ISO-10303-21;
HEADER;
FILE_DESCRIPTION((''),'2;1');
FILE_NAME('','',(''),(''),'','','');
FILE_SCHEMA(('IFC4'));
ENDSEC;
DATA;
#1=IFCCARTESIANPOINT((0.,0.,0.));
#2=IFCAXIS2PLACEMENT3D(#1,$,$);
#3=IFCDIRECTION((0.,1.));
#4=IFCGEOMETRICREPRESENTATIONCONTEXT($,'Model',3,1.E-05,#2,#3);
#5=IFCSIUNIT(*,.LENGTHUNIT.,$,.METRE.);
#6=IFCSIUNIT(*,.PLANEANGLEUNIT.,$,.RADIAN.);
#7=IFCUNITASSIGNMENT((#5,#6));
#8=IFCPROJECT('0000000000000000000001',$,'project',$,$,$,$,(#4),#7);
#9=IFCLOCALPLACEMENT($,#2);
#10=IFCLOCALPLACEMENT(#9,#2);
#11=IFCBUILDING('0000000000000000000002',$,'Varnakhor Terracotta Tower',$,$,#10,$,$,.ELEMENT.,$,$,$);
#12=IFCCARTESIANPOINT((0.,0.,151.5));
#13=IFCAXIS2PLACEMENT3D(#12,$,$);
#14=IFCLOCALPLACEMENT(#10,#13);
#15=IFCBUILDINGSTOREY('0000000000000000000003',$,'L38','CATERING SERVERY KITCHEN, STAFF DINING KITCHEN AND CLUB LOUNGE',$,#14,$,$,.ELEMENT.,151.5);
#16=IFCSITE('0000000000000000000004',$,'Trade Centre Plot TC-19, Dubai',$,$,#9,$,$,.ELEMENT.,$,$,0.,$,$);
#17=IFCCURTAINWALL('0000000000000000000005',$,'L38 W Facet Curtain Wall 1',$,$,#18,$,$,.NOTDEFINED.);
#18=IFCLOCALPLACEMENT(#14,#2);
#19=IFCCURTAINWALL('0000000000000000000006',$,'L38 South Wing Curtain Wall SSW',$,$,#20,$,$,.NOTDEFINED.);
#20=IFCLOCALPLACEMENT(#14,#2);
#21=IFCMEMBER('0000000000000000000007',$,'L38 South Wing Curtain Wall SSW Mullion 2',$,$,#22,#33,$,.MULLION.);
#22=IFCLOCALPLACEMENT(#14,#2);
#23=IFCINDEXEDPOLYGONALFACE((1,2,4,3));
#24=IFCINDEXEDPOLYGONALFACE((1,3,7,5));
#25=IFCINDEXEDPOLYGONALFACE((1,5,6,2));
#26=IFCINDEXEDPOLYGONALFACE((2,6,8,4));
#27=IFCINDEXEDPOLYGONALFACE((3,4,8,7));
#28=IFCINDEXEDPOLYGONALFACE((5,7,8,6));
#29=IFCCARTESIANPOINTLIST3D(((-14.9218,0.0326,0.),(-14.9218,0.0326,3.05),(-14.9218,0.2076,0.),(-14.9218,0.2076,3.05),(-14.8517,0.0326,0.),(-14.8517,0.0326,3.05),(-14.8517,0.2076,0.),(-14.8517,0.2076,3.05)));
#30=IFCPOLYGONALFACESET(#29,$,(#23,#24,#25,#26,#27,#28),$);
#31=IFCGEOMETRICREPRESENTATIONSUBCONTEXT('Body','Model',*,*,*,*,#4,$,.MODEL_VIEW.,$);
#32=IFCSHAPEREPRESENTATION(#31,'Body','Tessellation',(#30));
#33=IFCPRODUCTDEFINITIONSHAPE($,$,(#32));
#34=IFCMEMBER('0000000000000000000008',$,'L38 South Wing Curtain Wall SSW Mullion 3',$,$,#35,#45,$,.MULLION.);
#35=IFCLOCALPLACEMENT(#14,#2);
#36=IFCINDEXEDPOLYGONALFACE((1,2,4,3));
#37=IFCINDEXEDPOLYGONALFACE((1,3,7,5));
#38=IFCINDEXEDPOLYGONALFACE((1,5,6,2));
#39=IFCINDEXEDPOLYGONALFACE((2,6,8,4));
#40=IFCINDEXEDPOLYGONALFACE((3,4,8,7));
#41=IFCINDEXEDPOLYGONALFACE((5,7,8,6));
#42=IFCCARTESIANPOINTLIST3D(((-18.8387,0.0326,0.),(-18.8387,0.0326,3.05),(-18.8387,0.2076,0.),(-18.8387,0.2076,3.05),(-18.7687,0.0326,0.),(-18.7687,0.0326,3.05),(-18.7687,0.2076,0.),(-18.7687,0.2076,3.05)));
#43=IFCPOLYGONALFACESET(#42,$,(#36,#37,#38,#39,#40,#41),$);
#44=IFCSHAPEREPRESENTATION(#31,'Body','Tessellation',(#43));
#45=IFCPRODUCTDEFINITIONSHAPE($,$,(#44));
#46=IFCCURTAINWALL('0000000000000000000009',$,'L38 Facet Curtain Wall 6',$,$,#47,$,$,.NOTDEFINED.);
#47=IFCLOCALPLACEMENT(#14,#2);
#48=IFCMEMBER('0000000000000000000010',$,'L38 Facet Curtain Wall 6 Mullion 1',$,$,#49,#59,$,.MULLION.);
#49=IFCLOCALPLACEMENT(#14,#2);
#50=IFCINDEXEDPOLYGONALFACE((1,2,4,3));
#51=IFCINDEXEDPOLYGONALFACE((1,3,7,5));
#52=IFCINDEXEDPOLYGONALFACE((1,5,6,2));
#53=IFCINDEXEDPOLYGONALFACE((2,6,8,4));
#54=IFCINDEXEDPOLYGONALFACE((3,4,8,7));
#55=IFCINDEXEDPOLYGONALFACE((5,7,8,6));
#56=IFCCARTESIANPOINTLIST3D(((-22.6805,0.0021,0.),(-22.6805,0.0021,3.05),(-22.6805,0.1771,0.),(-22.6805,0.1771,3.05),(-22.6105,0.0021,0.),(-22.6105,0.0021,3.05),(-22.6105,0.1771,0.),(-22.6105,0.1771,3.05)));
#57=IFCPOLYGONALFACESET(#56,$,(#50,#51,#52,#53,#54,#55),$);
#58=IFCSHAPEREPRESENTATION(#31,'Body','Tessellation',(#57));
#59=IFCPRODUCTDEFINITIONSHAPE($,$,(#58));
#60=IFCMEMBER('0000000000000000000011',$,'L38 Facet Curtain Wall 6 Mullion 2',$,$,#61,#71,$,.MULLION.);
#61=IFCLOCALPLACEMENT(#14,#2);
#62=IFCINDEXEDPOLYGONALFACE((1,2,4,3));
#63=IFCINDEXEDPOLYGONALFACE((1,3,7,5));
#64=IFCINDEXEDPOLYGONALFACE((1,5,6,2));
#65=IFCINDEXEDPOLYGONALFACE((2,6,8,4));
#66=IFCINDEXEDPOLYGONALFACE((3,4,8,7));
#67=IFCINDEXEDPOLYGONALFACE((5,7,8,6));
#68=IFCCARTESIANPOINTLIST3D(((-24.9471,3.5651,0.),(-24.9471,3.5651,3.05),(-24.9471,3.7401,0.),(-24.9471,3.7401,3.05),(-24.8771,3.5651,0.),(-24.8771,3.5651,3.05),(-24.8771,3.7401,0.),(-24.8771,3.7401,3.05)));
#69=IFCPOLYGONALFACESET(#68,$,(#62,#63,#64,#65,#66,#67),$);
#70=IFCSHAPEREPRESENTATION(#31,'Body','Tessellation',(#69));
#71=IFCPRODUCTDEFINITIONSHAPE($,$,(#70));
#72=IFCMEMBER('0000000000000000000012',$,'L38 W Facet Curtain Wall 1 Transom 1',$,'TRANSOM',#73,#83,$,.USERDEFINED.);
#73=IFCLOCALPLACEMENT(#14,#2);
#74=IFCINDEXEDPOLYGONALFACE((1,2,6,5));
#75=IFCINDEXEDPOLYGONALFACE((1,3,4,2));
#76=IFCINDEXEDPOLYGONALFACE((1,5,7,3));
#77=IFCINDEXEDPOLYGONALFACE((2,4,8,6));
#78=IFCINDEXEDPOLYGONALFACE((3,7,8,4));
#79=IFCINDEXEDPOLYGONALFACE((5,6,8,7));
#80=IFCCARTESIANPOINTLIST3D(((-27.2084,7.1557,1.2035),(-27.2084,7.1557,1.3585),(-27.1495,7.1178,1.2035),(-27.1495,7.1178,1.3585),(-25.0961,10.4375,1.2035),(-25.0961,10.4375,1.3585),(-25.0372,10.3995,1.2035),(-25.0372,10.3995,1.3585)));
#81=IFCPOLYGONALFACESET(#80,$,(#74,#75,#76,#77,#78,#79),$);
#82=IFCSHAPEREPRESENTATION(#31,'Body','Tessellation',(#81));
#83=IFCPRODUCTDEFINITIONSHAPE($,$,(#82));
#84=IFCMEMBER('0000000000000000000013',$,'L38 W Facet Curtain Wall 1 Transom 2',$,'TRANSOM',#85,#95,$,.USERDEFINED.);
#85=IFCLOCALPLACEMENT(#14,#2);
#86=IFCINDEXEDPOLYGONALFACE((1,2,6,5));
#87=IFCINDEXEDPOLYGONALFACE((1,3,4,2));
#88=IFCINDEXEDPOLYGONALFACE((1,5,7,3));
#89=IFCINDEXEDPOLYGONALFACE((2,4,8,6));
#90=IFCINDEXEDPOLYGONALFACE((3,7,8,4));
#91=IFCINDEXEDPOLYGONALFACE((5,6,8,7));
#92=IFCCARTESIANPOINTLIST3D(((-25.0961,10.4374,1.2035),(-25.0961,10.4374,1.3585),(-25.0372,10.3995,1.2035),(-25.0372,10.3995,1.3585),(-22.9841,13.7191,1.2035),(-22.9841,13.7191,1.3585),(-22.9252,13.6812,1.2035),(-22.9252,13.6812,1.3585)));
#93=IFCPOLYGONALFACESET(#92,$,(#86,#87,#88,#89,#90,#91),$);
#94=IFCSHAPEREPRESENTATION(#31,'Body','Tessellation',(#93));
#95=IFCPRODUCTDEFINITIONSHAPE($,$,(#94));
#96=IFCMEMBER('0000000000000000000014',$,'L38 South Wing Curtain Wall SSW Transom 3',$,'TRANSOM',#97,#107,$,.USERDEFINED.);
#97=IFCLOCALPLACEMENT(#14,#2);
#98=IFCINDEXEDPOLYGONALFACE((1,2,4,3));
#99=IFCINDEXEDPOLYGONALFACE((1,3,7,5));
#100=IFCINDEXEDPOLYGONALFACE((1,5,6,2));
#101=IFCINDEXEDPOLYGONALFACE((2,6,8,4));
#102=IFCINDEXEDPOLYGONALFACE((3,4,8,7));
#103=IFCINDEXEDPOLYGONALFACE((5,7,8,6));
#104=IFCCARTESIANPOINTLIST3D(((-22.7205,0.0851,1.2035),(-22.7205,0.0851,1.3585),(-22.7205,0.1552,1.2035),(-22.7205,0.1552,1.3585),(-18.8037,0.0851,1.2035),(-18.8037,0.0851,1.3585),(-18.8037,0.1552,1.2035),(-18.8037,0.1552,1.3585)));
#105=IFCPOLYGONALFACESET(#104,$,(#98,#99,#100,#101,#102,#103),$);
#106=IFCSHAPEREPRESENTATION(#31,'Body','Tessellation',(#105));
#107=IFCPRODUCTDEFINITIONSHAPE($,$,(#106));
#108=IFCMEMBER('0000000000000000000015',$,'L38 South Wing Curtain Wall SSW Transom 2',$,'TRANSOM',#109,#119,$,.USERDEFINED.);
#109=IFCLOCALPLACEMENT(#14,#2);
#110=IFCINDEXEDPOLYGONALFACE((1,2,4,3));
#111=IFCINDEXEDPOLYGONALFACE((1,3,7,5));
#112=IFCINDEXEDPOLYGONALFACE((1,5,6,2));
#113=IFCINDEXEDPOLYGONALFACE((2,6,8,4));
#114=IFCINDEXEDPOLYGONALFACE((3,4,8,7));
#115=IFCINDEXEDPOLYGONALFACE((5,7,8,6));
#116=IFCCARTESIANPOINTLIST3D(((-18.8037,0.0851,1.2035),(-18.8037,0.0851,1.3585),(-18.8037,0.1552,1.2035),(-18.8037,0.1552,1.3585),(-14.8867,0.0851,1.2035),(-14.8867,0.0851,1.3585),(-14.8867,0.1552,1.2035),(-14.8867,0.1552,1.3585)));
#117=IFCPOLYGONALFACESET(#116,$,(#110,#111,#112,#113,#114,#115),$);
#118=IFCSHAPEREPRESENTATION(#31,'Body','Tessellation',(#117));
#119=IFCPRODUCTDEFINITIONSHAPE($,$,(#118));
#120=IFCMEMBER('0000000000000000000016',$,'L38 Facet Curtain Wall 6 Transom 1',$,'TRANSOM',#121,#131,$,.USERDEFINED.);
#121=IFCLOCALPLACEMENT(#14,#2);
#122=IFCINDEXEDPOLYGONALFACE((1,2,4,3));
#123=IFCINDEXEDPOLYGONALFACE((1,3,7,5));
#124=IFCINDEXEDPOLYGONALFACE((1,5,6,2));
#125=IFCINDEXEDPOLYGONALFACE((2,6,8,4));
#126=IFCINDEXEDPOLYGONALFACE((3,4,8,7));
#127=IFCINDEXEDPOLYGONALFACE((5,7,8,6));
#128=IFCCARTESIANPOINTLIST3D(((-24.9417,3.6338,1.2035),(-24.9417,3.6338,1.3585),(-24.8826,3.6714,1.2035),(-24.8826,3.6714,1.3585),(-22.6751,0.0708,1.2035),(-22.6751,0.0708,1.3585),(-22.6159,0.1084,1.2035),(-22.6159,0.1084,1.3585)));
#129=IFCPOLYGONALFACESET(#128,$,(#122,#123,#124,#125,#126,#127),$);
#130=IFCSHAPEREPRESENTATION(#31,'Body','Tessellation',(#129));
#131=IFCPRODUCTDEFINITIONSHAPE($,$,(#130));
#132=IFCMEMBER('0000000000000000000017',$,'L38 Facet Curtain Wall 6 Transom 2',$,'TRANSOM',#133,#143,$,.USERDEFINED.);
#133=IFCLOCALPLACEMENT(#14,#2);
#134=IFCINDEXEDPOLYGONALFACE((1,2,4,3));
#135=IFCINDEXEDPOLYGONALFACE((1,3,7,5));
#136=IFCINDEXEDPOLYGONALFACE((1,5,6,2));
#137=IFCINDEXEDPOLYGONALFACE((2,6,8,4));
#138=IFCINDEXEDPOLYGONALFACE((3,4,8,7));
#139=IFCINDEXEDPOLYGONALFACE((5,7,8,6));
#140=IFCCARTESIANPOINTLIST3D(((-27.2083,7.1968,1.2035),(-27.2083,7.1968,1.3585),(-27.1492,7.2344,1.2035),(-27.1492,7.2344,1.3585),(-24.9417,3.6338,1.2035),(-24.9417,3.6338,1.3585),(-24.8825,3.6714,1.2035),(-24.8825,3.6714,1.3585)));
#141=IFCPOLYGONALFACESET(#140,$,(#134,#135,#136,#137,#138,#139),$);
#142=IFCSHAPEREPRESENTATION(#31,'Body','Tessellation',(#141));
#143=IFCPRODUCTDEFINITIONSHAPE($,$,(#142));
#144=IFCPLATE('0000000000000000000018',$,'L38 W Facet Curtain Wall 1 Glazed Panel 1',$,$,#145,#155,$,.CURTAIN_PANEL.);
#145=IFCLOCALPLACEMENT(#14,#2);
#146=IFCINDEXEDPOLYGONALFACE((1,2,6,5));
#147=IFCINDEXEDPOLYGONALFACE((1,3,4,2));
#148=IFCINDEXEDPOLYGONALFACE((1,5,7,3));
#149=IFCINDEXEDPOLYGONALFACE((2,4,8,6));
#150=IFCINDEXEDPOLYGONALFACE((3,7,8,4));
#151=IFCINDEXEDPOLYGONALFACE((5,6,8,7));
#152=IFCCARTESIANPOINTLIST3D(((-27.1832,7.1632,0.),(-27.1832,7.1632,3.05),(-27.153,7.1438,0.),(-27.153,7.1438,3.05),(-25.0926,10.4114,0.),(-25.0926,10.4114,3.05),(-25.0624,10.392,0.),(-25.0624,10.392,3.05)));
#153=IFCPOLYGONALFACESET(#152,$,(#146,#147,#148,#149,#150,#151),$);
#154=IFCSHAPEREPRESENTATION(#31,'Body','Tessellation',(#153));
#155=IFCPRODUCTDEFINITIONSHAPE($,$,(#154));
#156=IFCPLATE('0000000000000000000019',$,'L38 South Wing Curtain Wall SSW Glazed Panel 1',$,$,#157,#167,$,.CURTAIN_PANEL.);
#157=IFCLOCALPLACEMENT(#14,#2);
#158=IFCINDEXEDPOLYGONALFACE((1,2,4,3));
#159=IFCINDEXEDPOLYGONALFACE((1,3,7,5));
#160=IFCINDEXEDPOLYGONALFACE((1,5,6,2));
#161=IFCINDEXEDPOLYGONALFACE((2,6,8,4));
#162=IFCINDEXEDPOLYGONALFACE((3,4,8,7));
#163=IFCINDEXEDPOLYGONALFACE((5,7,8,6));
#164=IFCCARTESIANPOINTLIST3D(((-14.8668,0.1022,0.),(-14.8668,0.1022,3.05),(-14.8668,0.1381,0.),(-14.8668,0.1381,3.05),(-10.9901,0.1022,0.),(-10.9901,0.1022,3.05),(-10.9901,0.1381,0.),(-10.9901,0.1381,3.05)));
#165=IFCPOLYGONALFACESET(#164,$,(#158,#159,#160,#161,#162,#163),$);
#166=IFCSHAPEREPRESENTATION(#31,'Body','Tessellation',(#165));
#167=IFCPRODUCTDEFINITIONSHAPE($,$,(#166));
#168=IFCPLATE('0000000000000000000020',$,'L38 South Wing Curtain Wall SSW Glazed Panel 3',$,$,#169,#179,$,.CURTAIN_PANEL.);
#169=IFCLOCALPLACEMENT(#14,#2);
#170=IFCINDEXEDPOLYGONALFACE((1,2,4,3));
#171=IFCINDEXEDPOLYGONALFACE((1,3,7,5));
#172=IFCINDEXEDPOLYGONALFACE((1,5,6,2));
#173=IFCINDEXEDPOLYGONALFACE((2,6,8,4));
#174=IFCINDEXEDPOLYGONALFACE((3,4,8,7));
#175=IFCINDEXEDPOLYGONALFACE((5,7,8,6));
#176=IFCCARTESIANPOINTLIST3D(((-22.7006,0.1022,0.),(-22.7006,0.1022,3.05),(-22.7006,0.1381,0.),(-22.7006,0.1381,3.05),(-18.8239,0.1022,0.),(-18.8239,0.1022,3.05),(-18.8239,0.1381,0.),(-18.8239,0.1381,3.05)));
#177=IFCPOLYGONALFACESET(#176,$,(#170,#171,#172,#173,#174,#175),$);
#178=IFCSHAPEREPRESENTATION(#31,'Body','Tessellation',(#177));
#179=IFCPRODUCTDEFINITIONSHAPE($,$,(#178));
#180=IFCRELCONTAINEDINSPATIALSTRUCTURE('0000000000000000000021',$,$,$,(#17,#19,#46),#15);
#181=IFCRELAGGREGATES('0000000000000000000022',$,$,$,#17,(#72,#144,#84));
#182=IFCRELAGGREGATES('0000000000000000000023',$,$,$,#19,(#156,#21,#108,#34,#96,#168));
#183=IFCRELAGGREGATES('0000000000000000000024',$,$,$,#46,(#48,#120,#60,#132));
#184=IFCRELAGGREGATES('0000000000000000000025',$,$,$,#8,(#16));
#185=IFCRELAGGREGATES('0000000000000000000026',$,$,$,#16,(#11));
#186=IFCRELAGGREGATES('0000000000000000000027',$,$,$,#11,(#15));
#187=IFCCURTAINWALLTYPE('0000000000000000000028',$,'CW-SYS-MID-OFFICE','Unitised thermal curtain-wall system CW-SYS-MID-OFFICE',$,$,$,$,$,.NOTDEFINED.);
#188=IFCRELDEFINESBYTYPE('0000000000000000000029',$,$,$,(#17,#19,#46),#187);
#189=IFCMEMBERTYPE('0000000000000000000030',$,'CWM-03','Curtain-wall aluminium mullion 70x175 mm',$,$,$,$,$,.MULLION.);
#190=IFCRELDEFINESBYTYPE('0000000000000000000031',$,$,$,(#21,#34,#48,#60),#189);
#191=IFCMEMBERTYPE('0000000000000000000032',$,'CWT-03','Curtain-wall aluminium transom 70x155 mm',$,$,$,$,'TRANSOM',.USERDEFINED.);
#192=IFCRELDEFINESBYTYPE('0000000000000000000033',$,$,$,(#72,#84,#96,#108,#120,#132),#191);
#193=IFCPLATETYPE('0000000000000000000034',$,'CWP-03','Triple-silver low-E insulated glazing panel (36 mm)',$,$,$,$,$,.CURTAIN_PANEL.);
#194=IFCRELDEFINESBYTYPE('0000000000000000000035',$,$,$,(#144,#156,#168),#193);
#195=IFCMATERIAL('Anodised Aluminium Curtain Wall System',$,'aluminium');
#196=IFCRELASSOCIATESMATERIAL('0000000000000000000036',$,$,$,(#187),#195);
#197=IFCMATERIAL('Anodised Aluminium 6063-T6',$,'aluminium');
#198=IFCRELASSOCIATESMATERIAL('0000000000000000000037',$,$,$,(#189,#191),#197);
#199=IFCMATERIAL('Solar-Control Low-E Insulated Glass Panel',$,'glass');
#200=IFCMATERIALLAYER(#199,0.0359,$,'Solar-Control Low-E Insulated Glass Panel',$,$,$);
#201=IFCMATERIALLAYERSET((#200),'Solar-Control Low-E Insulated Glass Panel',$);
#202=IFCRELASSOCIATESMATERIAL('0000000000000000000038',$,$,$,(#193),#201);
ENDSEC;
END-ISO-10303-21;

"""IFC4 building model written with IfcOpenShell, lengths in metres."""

from ifc_helpers import new_model, si_unit, direction, frame, origin, origin_2d, place, context, subcontext, project, spatial, rectangle, extrude, source, transform, mapped, material, layer, layer_set, material_profile, profile_set, type_object, element, aggregate, save


model = new_model("IFC4")

# Units and contexts
model_context = context("Model", 3, precision=1e-05, world=origin(), true_north=direction((0.0, 1.0)))
body_context = subcontext(model_context, "Body", "Model", "MODEL_VIEW")
ifc_project = project(units=[si_unit("LENGTHUNIT", "METRE"), si_unit("PLANEANGLEUNIT", "RADIAN")], contexts=[model_context])

# Site, building, storey
site_placement = place(None, origin())
site = spatial("IfcSite", under=ifc_project, at=site_placement, Name="Trade Centre Plot TC-19, Dubai", CompositionType="ELEMENT", RefElevation=0.0)
building_placement = place(site_placement, origin())
building = spatial("IfcBuilding", under=site, at=building_placement, Name="Varnakhor Terracotta Tower", CompositionType="ELEMENT")
storey_placement = place(building_placement, frame((0.0, 0.0, 151.5)))
storey = spatial("IfcBuildingStorey", under=building, at=storey_placement, Name="L38", Description="CATERING SERVERY KITCHEN, STAFF DINING KITCHEN AND CLUB LOUNGE", CompositionType="ELEMENT", Elevation=151.5)

# Curtain walls, members
ifc_material_1 = material(Name="Anodised Aluminium Curtain Wall System", Category="aluminium")
curtain_wall_type = type_object("IfcCurtainWallType", Name="CW-SYS-MID-OFFICE", Description="Unitised thermal curtain-wall system CW-SYS-MID-OFFICE", PredefinedType="NOTDEFINED", material=ifc_material_1)
curtain_wall_1_placement = place(storey_placement, origin())
curtain_wall_1 = element("IfcCurtainWall", 1, at=curtain_wall_1_placement, inside=storey, type_object=curtain_wall_type, Name="L38 W Facet Curtain Wall 1", PredefinedType="NOTDEFINED")
ifc_material_2 = material(Name="Anodised Aluminium 6063-T6", Category="aluminium")
ifc_material_profile_1 = material_profile(ifc_material_2, rectangle(XDim=0.0701, YDim=0.175, at=origin_2d()), Name="ALU MULLION 70x175")
ifc_profile_set_1 = profile_set([ifc_material_profile_1], Name="Anodised Aluminium 6063-T6")
member_type_1 = type_object("IfcMemberType", Name="CWM-03", Description="Curtain-wall aluminium mullion 70x175 mm", PredefinedType="MULLION", material=ifc_profile_set_1)
shared_shape_1 = source(origin(), body_context, "Body", "SweptSolid", [
    extrude(rectangle(XDim=0.0701, YDim=0.175, at=origin_2d()), origin(), (0.0, 0.0, 1.0), 3.05),
])
curtain_wall_2_placement = place(storey_placement, origin())
curtain_wall_2 = element("IfcCurtainWall", 2, at=curtain_wall_2_placement, inside=storey, type_object=curtain_wall_type, Name="L38 South Wing Curtain Wall SSW", PredefinedType="NOTDEFINED")
member_1_placement = place(storey_placement, frame((-14.8867, 0.1201, 0.0), z_axis=(0.0, 0.0, 1.0), x_axis=(1.0, 0.0, 0.0)))
member_1 = element("IfcMember", 3, at=member_1_placement, type_object=member_type_1, Name="L38 South Wing Curtain Wall SSW Mullion 2", PredefinedType="MULLION", context=body_context, shape_type="MappedRepresentation", body=[
    mapped(shared_shape_1, transform((0.0, 0.0, 0.0), scale=1.0)),
])
member_2_placement = place(storey_placement, frame((-18.8037, 0.1201, 0.0), z_axis=(0.0, 0.0, 1.0), x_axis=(1.0, 0.0, 0.0)))
member_2 = element("IfcMember", 4, at=member_2_placement, type_object=member_type_1, Name="L38 South Wing Curtain Wall SSW Mullion 3", PredefinedType="MULLION", context=body_context, shape_type="MappedRepresentation", body=[
    mapped(shared_shape_1, transform((0.0, 0.0, 0.0), scale=1.0)),
])
curtain_wall_3_placement = place(storey_placement, origin())
curtain_wall_3 = element("IfcCurtainWall", 5, at=curtain_wall_3_placement, inside=storey, type_object=curtain_wall_type, Name="L38 Facet Curtain Wall 6", PredefinedType="NOTDEFINED")
member_3_placement = place(storey_placement, frame((-22.6455, 0.0896, 0.0), z_axis=(0.0, 0.0, 1.0), x_axis=(1.0, 0.0, 0.0)))
member_3 = element("IfcMember", 6, at=member_3_placement, type_object=member_type_1, Name="L38 Facet Curtain Wall 6 Mullion 1", PredefinedType="MULLION", context=body_context, shape_type="MappedRepresentation", body=[
    mapped(shared_shape_1, transform((0.0, 0.0, 0.0), scale=1.0)),
])
member_4_placement = place(storey_placement, frame((-24.9121, 3.6526, 0.0), z_axis=(0.0, 0.0, 1.0), x_axis=(1.0, 0.0, 0.0)))
member_4 = element("IfcMember", 7, at=member_4_placement, type_object=member_type_1, Name="L38 Facet Curtain Wall 6 Mullion 2", PredefinedType="MULLION", context=body_context, shape_type="MappedRepresentation", body=[
    mapped(shared_shape_1, transform((0.0, 0.0, 0.0), scale=1.0)),
])

# Members
ifc_material_profile_2 = material_profile(ifc_material_2, rectangle(XDim=0.0701, YDim=0.155, at=origin_2d()), Name="ALU TRANSOM 70x155")
ifc_profile_set_2 = profile_set([ifc_material_profile_2], Name="Anodised Aluminium 6063-T6")
member_type_2 = type_object("IfcMemberType", Name="CWT-03", Description="Curtain-wall aluminium transom 70x155 mm", ElementType="TRANSOM", PredefinedType="USERDEFINED", material=ifc_profile_set_2)
shared_shape_2 = source(origin(), body_context, "Body", "SweptSolid", [
    extrude(rectangle(XDim=0.0701, YDim=0.155, at=origin_2d()), origin(), (0.0, 0.0, 1.0), 3.9028),
])
member_5_placement = place(storey_placement, frame((-27.179, 7.1367, 1.281), z_axis=(0.541232, 0.840873, 0.0), x_axis=(-0.840873, 0.541232, 0.0)))
member_5 = element("IfcMember", 8, at=member_5_placement, type_object=member_type_2, Name="L38 W Facet Curtain Wall 1 Transom 1", ObjectType="TRANSOM", PredefinedType="USERDEFINED", context=body_context, shape_type="MappedRepresentation", body=[
    mapped(shared_shape_2, transform((0.0, 0.0, 0.0), scale=1.0)),
])
shared_shape_3 = source(origin(), body_context, "Body", "SweptSolid", [
    extrude(rectangle(XDim=0.0701, YDim=0.155, at=origin_2d()), origin(), (0.0, 0.0, 1.0), 3.9026),
])
member_6_placement = place(storey_placement, frame((-25.0667, 10.4185, 1.281), z_axis=(0.541188, 0.840902, 0.0), x_axis=(-0.840902, 0.541188, 0.0)))
member_6 = element("IfcMember", 9, at=member_6_placement, type_object=member_type_2, Name="L38 W Facet Curtain Wall 1 Transom 2", ObjectType="TRANSOM", PredefinedType="USERDEFINED", context=body_context, shape_type="MappedRepresentation", body=[
    mapped(shared_shape_3, transform((0.0, 0.0, 0.0), scale=1.0)),
])
shared_shape_4 = source(origin(), body_context, "Body", "SweptSolid", [
    extrude(rectangle(XDim=0.0701, YDim=0.155, at=origin_2d()), origin(), (0.0, 0.0, 1.0), 3.9167),
])
member_7_placement = place(storey_placement, frame((-18.8037, 0.1201, 1.281), z_axis=(-1.0, 0.0, 0.0), x_axis=(0.0, -1.0, 0.0)))
member_7 = element("IfcMember", 10, at=member_7_placement, type_object=member_type_2, Name="L38 South Wing Curtain Wall SSW Transom 3", ObjectType="TRANSOM", PredefinedType="USERDEFINED", context=body_context, shape_type="MappedRepresentation", body=[
    mapped(shared_shape_4, transform((0.0, 0.0, 0.0), scale=1.0)),
])
shared_shape_5 = source(origin(), body_context, "Body", "SweptSolid", [
    extrude(rectangle(XDim=0.0701, YDim=0.155, at=origin_2d()), origin(), (0.0, 0.0, 1.0), 3.917),
])
member_8_placement = place(storey_placement, frame((-14.8867, 0.1201, 1.281), z_axis=(-1.0, 0.0, 0.0), x_axis=(0.0, -1.0, 0.0)))
member_8 = element("IfcMember", 11, at=member_8_placement, type_object=member_type_2, Name="L38 South Wing Curtain Wall SSW Transom 2", ObjectType="TRANSOM", PredefinedType="USERDEFINED", context=body_context, shape_type="MappedRepresentation", body=[
    mapped(shared_shape_5, transform((0.0, 0.0, 0.0), scale=1.0)),
])
shared_shape_6 = source(origin(), body_context, "Body", "SweptSolid", [
    extrude(rectangle(XDim=0.0701, YDim=0.155, at=origin_2d()), origin(), (0.0, 0.0, 1.0), 4.2229),
])
member_9_placement = place(storey_placement, frame((-22.6455, 0.0896, 1.281), z_axis=(-0.536748, 0.843742, 0.0), x_axis=(-0.843742, -0.536748, 0.0)))
member_9 = element("IfcMember", 12, at=member_9_placement, type_object=member_type_2, Name="L38 Facet Curtain Wall 6 Transom 1", ObjectType="TRANSOM", PredefinedType="USERDEFINED", context=body_context, shape_type="MappedRepresentation", body=[
    mapped(shared_shape_6, transform((0.0, 0.0, 0.0), scale=1.0)),
])
member_10_placement = place(storey_placement, frame((-24.9121, 3.6526, 1.281), z_axis=(-0.536748, 0.843742, 0.0), x_axis=(-0.843742, -0.536748, 0.0)))
member_10 = element("IfcMember", 13, at=member_10_placement, type_object=member_type_2, Name="L38 Facet Curtain Wall 6 Transom 2", ObjectType="TRANSOM", PredefinedType="USERDEFINED", context=body_context, shape_type="MappedRepresentation", body=[
    mapped(shared_shape_6, transform((0.0, 0.0, 0.0), scale=1.0)),
])

# Plates
ifc_material_3 = material(Name="Solar-Control Low-E Insulated Glass Panel", Category="glass")
ifc_layer_1 = layer(ifc_material_3, 0.0359, Name="Solar-Control Low-E Insulated Glass Panel")
ifc_layer_set_1 = layer_set([ifc_layer_1], Name="Solar-Control Low-E Insulated Glass Panel")
plate_type = type_object("IfcPlateType", Name="CWP-03", Description="Triple-silver low-E insulated glazing panel (36 mm)", PredefinedType="CURTAIN_PANEL", material=ifc_layer_set_1)
shared_shape_7 = source(origin(), body_context, "Body", "SweptSolid", [
    extrude(rectangle(XDim=3.8628, YDim=0.0359, at=origin_2d()), origin(), (0.0, 0.0, 1.0), 3.05),
])
plate_1_placement = place(storey_placement, frame((-26.1228, 8.7776, 0.0), z_axis=(0.0, 0.0, 1.0), x_axis=(0.541209, 0.840888, 0.0)))
plate_1 = element("IfcPlate", 14, at=plate_1_placement, type_object=plate_type, Name="L38 W Facet Curtain Wall 1 Glazed Panel 1", PredefinedType="CURTAIN_PANEL", context=body_context, shape_type="MappedRepresentation", body=[
    mapped(shared_shape_7, transform((0.0, 0.0, 0.0), scale=1.0)),
])
aggregate(curtain_wall_1, [member_5, plate_1, member_6])
shared_shape_8 = source(origin(), body_context, "Body", "SweptSolid", [
    extrude(rectangle(XDim=3.8767, YDim=0.0359, at=origin_2d()), origin(), (0.0, 0.0, 1.0), 3.05),
])
plate_2_placement = place(storey_placement, frame((-12.9285, 0.1201, 0.0), z_axis=(0.0, 0.0, 1.0), x_axis=(-1.0, 0.0, 0.0)))
plate_2 = element("IfcPlate", 15, at=plate_2_placement, type_object=plate_type, Name="L38 South Wing Curtain Wall SSW Glazed Panel 1", PredefinedType="CURTAIN_PANEL", context=body_context, shape_type="MappedRepresentation", body=[
    mapped(shared_shape_8, transform((0.0, 0.0, 0.0), scale=1.0)),
])
plate_3_placement = place(storey_placement, frame((-20.7622, 0.1201, 0.0), z_axis=(0.0, 0.0, 1.0), x_axis=(-1.0, 0.0, 0.0)))
plate_3 = element("IfcPlate", 16, at=plate_3_placement, type_object=plate_type, Name="L38 South Wing Curtain Wall SSW Glazed Panel 3", PredefinedType="CURTAIN_PANEL", context=body_context, shape_type="MappedRepresentation", body=[
    mapped(shared_shape_8, transform((0.0, 0.0, 0.0), scale=1.0)),
])
aggregate(curtain_wall_2, [plate_2, member_1, member_8, member_2, member_7, plate_3])
aggregate(curtain_wall_3, [member_3, member_9, member_4, member_10])

save(model, "model.ifc")
